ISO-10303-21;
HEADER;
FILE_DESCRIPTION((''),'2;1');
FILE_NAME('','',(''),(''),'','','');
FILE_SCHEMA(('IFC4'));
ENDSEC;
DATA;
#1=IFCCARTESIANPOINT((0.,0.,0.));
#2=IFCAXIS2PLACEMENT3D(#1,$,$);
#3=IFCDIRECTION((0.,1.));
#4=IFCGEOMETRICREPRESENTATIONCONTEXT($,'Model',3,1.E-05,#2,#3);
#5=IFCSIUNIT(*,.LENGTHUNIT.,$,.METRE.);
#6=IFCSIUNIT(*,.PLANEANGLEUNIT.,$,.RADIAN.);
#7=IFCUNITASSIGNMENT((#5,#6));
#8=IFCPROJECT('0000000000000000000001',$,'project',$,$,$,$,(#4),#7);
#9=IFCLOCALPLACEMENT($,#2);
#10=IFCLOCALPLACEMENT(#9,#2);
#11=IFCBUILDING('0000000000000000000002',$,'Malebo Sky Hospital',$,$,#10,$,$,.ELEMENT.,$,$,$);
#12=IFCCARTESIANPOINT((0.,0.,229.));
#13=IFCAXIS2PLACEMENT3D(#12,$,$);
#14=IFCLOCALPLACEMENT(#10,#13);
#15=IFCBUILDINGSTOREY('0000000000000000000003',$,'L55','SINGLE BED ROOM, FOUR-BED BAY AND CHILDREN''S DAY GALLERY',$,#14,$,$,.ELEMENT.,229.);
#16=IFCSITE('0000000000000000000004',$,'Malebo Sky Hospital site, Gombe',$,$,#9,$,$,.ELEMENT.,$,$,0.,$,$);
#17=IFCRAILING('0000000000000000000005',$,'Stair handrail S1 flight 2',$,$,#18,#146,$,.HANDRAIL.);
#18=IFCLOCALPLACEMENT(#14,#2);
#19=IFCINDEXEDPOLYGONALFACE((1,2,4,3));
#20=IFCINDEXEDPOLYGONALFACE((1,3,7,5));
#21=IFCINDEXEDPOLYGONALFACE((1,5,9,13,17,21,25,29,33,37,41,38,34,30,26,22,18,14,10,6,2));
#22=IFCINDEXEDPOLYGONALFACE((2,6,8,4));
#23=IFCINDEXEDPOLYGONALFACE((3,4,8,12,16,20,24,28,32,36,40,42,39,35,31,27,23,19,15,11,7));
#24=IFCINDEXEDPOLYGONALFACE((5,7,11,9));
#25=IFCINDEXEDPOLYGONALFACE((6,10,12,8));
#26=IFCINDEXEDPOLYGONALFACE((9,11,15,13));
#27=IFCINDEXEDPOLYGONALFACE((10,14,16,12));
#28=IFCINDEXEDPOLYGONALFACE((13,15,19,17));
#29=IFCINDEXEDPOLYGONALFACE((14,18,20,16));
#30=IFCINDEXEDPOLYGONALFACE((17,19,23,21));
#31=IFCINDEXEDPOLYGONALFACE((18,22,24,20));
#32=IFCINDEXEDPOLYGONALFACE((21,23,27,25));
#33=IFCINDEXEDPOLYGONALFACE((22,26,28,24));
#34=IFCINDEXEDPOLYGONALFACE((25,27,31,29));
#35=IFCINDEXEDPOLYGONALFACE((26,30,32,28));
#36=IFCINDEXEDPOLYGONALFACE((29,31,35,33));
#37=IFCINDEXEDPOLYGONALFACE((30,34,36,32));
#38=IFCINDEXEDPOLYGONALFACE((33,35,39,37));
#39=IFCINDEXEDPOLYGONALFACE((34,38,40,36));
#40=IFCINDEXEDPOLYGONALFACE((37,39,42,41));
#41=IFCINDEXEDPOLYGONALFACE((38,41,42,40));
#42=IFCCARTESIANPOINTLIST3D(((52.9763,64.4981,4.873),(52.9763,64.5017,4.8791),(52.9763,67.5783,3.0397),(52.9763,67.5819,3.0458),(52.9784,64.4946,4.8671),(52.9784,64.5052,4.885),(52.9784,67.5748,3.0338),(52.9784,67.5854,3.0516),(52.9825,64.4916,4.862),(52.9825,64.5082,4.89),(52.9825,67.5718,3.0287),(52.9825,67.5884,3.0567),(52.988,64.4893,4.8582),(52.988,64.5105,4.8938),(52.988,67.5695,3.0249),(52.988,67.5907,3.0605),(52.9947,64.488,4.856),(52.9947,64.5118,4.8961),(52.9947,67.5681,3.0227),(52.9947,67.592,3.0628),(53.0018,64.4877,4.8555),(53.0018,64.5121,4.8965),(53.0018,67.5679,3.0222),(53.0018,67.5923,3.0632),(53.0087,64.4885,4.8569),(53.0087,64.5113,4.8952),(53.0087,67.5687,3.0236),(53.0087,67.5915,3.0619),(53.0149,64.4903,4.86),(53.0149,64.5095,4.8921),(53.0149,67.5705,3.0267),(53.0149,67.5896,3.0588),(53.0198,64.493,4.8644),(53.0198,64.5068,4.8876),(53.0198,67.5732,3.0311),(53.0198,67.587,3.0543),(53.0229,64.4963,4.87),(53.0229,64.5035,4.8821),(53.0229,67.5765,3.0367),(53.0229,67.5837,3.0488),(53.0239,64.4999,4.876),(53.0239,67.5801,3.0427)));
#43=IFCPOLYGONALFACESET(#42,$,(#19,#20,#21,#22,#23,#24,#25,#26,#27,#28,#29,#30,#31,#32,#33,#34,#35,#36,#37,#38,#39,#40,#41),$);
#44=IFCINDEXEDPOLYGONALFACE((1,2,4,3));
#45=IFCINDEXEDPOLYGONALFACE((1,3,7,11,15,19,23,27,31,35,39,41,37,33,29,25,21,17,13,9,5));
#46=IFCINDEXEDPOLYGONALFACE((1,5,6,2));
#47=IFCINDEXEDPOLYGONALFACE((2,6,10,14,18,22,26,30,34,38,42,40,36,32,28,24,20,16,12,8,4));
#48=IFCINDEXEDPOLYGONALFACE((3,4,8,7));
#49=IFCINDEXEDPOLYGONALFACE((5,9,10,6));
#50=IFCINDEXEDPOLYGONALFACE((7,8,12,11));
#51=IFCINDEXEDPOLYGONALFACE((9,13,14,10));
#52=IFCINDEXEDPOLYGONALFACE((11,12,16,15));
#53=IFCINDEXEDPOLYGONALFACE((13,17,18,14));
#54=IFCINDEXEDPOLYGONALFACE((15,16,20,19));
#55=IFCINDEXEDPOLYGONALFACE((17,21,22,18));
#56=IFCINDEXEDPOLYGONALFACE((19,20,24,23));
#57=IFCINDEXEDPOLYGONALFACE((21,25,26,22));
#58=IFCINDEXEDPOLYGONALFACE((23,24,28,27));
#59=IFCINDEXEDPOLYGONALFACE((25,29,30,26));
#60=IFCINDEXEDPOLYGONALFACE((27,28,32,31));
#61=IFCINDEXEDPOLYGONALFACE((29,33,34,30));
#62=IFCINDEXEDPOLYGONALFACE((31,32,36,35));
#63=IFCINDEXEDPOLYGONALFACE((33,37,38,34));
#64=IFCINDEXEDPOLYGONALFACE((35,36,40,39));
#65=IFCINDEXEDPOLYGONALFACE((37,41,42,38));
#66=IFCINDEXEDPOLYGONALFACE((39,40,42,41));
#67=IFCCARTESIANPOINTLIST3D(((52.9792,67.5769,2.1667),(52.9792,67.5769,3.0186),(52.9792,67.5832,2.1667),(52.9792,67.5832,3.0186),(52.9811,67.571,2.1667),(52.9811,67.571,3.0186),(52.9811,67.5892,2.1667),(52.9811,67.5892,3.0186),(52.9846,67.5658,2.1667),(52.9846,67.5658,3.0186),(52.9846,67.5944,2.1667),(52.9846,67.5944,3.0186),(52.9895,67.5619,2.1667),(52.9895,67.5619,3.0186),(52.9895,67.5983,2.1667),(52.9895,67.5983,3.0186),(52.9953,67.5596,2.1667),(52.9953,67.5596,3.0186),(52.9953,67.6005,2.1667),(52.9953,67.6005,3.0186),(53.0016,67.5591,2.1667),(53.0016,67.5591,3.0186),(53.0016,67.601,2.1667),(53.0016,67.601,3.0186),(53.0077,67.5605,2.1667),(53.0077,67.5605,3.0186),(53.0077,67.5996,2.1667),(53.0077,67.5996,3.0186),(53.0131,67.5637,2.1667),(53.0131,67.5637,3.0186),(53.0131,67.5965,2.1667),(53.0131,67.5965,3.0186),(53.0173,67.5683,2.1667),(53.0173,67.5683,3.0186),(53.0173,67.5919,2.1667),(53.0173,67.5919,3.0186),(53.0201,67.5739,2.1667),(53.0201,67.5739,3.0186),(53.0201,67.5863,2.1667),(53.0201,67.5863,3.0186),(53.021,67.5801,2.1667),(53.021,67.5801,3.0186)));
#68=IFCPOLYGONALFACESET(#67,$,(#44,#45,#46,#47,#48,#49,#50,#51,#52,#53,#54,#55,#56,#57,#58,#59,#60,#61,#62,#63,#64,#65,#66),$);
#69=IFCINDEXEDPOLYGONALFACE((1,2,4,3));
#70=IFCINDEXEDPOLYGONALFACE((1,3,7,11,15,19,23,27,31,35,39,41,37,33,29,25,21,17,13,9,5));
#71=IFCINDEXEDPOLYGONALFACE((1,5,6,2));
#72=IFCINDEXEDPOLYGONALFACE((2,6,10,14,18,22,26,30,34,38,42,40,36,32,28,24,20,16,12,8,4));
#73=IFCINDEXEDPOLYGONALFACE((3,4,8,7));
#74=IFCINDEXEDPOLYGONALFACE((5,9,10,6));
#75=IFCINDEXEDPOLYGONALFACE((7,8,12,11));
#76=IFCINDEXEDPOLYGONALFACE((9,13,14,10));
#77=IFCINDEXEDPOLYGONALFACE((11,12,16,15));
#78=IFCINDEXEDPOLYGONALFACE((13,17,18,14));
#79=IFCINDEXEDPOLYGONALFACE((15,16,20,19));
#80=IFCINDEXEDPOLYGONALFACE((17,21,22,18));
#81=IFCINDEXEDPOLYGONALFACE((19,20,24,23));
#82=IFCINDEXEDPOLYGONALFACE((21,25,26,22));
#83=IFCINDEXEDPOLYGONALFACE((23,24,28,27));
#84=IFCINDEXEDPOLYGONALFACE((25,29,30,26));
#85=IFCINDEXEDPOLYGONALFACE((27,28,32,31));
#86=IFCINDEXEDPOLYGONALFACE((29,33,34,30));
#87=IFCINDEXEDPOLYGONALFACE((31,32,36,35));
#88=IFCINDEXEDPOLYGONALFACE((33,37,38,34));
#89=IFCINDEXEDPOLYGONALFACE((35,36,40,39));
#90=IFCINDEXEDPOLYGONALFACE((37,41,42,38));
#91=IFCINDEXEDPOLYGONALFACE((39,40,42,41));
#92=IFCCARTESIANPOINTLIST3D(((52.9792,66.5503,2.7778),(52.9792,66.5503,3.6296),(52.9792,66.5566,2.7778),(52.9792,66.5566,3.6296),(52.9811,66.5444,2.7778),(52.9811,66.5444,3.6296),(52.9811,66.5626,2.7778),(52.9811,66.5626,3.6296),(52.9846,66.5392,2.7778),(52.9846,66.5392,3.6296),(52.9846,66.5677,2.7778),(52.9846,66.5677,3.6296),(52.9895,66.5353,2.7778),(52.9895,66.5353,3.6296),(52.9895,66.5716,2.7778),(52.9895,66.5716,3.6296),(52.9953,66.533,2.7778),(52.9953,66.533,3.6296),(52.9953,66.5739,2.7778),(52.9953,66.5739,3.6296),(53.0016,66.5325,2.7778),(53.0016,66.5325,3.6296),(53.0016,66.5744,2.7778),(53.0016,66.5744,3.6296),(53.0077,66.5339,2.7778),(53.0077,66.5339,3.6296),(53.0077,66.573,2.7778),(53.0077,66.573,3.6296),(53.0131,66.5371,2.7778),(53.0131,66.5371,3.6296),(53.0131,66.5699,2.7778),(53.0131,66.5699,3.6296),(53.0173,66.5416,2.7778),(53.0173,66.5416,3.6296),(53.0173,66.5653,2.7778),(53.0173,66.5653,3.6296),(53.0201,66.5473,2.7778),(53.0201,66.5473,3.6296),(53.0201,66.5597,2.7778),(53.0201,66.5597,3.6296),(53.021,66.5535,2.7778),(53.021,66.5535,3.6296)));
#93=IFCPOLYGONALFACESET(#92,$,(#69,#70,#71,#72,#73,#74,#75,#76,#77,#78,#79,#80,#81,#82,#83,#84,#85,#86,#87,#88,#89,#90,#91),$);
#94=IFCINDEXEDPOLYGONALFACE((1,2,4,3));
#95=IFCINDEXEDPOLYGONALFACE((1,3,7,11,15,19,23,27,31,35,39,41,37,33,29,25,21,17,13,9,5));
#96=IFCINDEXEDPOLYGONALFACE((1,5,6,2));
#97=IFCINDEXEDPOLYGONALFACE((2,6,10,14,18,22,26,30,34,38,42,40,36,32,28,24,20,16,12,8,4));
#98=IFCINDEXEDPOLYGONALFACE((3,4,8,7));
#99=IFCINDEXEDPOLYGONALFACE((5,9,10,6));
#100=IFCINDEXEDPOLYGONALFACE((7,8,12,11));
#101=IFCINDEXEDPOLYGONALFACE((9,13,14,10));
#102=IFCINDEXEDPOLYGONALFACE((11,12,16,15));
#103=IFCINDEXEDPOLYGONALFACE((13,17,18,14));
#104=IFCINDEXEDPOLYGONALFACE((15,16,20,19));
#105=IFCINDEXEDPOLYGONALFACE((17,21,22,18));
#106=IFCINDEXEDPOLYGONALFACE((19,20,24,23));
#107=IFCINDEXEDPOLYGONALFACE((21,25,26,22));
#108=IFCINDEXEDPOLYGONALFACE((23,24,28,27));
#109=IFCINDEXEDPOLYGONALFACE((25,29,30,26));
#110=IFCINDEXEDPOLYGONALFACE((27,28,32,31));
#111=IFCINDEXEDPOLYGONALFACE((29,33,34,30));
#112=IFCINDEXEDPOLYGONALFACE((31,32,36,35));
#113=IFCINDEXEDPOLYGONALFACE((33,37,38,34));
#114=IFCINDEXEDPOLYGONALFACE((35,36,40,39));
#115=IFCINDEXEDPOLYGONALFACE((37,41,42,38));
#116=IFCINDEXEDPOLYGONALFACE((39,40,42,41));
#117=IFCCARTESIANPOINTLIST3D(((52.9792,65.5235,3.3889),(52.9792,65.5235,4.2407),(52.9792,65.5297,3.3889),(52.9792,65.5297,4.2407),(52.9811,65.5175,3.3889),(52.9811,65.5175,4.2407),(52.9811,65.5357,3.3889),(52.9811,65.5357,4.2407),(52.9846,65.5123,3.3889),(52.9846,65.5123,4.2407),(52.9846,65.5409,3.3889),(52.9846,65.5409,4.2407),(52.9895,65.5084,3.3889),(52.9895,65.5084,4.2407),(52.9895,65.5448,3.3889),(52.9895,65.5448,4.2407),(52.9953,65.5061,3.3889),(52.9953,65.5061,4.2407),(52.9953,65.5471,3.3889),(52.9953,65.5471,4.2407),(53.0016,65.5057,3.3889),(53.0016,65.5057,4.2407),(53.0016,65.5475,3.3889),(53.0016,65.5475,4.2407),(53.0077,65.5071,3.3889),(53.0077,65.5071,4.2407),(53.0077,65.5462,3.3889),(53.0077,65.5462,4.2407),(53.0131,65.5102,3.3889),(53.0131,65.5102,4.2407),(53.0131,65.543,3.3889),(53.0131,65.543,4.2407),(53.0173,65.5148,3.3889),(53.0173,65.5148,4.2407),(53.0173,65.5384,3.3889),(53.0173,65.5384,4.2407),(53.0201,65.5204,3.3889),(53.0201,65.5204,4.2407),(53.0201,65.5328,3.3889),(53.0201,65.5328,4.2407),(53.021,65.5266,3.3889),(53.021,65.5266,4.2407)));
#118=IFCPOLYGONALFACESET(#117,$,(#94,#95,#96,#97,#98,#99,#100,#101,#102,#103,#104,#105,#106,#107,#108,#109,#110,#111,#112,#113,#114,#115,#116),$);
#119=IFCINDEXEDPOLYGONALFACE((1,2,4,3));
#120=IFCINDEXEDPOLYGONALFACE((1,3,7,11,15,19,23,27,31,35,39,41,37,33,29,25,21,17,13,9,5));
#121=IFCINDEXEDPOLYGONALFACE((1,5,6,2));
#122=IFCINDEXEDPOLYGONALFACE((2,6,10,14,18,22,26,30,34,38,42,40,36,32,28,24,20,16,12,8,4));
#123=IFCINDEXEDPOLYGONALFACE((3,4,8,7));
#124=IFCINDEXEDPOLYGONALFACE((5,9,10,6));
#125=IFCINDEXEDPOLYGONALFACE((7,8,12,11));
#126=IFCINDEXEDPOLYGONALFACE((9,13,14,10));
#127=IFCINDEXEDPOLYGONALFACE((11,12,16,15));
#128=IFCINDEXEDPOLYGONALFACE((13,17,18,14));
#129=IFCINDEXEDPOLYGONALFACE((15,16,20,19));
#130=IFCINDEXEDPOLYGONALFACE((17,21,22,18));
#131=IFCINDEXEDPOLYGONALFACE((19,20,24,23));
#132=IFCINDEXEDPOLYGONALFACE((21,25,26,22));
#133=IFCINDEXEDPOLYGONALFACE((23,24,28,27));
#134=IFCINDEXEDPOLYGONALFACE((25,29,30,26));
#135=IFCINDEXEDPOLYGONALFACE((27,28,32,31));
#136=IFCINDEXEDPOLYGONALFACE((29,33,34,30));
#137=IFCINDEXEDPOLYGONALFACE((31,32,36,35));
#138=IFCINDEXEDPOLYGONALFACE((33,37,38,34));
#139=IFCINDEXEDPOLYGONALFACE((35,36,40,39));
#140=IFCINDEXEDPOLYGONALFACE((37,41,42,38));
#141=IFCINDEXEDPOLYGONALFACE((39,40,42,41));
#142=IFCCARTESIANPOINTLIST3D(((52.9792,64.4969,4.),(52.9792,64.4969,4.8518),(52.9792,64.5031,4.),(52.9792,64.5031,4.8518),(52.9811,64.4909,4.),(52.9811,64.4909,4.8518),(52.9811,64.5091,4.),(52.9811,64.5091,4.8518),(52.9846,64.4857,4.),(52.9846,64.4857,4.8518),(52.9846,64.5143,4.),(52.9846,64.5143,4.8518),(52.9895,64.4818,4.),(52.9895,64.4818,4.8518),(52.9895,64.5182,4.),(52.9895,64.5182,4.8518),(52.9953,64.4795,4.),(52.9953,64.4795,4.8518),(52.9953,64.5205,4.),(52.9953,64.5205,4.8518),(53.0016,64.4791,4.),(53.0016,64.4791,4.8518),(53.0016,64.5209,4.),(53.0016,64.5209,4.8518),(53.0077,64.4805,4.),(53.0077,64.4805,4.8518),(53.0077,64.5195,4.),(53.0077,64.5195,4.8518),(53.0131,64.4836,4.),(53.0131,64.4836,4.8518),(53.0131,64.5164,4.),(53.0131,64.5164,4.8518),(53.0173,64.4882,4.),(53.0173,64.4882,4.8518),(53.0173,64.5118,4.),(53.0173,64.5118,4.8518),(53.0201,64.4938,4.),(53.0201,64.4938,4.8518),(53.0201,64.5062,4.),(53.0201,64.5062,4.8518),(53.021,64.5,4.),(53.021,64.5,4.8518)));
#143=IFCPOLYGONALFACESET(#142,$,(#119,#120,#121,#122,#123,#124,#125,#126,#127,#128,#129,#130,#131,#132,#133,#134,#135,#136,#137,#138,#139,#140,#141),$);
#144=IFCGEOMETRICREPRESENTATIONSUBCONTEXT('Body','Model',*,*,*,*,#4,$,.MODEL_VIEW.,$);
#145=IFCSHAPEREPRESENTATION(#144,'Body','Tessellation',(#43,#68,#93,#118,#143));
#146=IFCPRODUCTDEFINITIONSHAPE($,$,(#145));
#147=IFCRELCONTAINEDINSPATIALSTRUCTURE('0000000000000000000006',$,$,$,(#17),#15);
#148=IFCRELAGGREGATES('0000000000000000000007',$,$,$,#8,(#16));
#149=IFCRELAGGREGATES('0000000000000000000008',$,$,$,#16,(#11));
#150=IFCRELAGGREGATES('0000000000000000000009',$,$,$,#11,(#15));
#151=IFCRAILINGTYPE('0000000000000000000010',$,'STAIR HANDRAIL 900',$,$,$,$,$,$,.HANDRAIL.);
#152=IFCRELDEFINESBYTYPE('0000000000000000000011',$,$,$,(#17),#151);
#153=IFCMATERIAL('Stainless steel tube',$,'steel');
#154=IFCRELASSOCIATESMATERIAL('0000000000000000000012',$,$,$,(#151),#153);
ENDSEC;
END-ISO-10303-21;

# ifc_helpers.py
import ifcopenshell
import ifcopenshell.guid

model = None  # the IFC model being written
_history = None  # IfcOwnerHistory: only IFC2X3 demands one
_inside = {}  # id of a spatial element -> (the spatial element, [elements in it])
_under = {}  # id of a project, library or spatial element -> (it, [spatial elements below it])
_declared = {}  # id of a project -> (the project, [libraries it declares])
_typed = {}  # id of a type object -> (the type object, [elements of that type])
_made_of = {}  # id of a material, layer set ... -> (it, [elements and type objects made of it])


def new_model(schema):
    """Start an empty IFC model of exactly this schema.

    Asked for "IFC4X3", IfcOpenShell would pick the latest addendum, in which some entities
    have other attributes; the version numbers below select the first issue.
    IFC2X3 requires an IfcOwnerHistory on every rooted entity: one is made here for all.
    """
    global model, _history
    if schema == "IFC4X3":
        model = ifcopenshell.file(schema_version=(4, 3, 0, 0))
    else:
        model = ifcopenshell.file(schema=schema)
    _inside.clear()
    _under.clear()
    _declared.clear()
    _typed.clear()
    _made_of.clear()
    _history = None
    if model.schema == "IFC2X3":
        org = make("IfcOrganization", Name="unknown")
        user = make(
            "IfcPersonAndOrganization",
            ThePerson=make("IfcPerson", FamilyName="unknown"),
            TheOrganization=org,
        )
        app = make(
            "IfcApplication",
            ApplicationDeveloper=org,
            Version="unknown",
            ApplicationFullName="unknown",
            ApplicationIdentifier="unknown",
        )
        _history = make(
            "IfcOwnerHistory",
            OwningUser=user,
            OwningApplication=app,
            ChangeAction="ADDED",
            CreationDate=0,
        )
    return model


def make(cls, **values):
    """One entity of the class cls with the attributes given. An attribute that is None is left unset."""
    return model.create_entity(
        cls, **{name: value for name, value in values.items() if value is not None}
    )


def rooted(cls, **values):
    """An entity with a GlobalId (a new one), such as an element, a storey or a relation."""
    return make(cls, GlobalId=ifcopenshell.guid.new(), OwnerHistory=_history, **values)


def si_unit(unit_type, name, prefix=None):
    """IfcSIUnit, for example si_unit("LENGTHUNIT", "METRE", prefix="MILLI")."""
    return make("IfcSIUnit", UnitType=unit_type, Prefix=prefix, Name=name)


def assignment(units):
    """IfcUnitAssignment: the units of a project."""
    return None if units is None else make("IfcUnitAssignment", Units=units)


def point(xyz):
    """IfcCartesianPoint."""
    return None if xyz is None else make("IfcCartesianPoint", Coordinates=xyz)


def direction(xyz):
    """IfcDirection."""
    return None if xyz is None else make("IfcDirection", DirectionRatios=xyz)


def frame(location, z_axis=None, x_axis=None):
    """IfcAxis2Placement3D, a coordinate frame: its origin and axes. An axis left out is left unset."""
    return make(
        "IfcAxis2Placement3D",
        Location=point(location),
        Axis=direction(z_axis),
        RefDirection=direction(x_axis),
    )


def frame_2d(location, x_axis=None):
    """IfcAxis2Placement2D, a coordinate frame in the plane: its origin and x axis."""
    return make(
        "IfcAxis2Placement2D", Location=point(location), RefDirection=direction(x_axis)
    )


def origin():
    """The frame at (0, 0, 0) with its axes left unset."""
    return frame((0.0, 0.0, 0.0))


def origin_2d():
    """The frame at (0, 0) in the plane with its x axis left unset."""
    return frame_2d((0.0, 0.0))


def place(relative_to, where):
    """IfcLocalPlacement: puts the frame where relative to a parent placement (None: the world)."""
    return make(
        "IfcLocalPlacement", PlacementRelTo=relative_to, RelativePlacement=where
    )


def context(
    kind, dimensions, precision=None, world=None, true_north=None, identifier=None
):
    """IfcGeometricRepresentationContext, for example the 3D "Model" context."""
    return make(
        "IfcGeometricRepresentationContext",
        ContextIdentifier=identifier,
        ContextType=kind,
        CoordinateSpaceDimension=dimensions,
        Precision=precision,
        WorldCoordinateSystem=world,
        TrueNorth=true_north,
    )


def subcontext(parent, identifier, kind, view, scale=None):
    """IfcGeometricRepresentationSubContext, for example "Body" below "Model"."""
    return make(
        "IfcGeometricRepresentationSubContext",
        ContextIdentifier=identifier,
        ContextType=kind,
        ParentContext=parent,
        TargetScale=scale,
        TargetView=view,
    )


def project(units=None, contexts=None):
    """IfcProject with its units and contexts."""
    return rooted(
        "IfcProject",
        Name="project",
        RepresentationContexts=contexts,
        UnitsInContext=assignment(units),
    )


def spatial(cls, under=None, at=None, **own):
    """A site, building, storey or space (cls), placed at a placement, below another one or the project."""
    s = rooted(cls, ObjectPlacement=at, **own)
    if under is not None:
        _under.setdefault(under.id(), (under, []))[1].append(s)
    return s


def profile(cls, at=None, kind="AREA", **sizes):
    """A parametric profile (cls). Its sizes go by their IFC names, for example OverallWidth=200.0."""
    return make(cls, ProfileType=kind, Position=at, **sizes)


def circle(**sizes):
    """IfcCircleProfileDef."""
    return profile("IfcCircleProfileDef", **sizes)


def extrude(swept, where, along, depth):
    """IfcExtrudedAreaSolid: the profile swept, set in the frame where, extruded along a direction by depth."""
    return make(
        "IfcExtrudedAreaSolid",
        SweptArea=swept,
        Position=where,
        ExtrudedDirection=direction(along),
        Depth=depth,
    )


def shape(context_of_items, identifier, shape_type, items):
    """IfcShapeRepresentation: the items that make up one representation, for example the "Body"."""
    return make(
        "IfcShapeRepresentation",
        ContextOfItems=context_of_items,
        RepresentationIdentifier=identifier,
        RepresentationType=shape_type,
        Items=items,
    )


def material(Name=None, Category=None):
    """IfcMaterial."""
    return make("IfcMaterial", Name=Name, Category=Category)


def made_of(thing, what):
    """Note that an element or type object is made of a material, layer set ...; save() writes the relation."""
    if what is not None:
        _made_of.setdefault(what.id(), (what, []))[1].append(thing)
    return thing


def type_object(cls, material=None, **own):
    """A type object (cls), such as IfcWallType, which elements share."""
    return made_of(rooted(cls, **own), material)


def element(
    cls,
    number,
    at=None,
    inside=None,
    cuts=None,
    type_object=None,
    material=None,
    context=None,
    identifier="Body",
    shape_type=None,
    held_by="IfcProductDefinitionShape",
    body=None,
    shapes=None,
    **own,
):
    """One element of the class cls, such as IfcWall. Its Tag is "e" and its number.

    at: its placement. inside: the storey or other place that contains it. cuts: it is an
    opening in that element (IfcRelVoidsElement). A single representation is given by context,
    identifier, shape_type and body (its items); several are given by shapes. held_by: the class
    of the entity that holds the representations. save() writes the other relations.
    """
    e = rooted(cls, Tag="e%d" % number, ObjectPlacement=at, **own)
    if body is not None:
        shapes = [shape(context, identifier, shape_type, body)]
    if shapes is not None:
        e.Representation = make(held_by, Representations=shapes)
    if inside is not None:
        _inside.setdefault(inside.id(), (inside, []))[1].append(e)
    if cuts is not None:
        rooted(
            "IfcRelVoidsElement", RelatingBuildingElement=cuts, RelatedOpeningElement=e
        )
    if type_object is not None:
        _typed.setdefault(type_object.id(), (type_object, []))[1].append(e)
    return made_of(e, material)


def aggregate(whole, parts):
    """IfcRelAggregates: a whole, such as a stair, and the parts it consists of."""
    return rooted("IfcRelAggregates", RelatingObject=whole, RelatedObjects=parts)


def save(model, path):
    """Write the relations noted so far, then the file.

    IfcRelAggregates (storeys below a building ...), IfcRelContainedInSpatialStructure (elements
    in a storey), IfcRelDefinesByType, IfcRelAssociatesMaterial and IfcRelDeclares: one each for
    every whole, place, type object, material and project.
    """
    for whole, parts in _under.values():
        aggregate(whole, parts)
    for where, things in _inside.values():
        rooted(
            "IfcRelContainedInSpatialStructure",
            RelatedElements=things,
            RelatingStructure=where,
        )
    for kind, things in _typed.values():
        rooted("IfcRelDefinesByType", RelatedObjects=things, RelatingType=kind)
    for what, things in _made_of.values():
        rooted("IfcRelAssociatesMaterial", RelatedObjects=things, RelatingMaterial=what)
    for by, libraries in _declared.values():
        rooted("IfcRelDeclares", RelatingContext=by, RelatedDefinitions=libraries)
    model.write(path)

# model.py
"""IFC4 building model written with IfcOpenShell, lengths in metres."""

from ifc_helpers import new_model, si_unit, direction, frame, origin, origin_2d, place, context, subcontext, project, spatial, circle, extrude, material, type_object, element, save


model = new_model("IFC4")

# Units and contexts
model_context = context("Model", 3, precision=1e-05, world=origin(), true_north=direction((0.0, 1.0)))
body_context = subcontext(model_context, "Body", "Model", "MODEL_VIEW")
ifc_project = project(units=[si_unit("LENGTHUNIT", "METRE"), si_unit("PLANEANGLEUNIT", "RADIAN")], contexts=[model_context])

# Site, building, storey
site_placement = place(None, origin())
site = spatial("IfcSite", under=ifc_project, at=site_placement, Name="Malebo Sky Hospital site, Gombe", CompositionType="ELEMENT", RefElevation=0.0)
building_placement = place(site_placement, origin())
building = spatial("IfcBuilding", under=site, at=building_placement, Name="Malebo Sky Hospital", CompositionType="ELEMENT")
storey_placement = place(building_placement, frame((0.0, 0.0, 229.0)))
storey = spatial("IfcBuildingStorey", under=building, at=storey_placement, Name="L55", Description="SINGLE BED ROOM, FOUR-BED BAY AND CHILDREN'S DAY GALLERY", CompositionType="ELEMENT", Elevation=229.0)

# Railing
ifc_material_1 = material(Name="Stainless steel tube", Category="steel")
railing_type = type_object("IfcRailingType", Name="STAIR HANDRAIL 900", PredefinedType="HANDRAIL", material=ifc_material_1)
railing_1_placement = place(storey_placement, frame((53.0, 67.5801, 2.1667)))
element("IfcRailing", 1, at=railing_1_placement, inside=storey, type_object=railing_type, Name="Stair handrail S1 flight 2", PredefinedType="HANDRAIL", context=body_context, shape_type="SweptSolid", body=[
    extrude(circle(Radius=0.0239, at=origin_2d()), frame((0.0, 0.0, 0.876), z_axis=(0.0, -0.859309, 0.511458), x_axis=(1.0, 0.0, 0.0)), (0.0, 0.0, 1.0), 3.5845),
    extrude(circle(Radius=0.021, at=origin_2d()), origin(), (0.0, 0.0, 1.0), 0.8518),
    extrude(circle(Radius=0.021, at=origin_2d()), frame((0.0, -1.0266, 0.6111)), (0.0, 0.0, 1.0), 0.8518),
    extrude(circle(Radius=0.021, at=origin_2d()), frame((0.0, -2.0535, 1.2222)), (0.0, 0.0, 1.0), 0.8518),
    extrude(circle(Radius=0.021, at=origin_2d()), frame((0.0, -3.0801, 1.8333)), (0.0, 0.0, 1.0), 0.8518),
])

save(model, "model.ifc")
